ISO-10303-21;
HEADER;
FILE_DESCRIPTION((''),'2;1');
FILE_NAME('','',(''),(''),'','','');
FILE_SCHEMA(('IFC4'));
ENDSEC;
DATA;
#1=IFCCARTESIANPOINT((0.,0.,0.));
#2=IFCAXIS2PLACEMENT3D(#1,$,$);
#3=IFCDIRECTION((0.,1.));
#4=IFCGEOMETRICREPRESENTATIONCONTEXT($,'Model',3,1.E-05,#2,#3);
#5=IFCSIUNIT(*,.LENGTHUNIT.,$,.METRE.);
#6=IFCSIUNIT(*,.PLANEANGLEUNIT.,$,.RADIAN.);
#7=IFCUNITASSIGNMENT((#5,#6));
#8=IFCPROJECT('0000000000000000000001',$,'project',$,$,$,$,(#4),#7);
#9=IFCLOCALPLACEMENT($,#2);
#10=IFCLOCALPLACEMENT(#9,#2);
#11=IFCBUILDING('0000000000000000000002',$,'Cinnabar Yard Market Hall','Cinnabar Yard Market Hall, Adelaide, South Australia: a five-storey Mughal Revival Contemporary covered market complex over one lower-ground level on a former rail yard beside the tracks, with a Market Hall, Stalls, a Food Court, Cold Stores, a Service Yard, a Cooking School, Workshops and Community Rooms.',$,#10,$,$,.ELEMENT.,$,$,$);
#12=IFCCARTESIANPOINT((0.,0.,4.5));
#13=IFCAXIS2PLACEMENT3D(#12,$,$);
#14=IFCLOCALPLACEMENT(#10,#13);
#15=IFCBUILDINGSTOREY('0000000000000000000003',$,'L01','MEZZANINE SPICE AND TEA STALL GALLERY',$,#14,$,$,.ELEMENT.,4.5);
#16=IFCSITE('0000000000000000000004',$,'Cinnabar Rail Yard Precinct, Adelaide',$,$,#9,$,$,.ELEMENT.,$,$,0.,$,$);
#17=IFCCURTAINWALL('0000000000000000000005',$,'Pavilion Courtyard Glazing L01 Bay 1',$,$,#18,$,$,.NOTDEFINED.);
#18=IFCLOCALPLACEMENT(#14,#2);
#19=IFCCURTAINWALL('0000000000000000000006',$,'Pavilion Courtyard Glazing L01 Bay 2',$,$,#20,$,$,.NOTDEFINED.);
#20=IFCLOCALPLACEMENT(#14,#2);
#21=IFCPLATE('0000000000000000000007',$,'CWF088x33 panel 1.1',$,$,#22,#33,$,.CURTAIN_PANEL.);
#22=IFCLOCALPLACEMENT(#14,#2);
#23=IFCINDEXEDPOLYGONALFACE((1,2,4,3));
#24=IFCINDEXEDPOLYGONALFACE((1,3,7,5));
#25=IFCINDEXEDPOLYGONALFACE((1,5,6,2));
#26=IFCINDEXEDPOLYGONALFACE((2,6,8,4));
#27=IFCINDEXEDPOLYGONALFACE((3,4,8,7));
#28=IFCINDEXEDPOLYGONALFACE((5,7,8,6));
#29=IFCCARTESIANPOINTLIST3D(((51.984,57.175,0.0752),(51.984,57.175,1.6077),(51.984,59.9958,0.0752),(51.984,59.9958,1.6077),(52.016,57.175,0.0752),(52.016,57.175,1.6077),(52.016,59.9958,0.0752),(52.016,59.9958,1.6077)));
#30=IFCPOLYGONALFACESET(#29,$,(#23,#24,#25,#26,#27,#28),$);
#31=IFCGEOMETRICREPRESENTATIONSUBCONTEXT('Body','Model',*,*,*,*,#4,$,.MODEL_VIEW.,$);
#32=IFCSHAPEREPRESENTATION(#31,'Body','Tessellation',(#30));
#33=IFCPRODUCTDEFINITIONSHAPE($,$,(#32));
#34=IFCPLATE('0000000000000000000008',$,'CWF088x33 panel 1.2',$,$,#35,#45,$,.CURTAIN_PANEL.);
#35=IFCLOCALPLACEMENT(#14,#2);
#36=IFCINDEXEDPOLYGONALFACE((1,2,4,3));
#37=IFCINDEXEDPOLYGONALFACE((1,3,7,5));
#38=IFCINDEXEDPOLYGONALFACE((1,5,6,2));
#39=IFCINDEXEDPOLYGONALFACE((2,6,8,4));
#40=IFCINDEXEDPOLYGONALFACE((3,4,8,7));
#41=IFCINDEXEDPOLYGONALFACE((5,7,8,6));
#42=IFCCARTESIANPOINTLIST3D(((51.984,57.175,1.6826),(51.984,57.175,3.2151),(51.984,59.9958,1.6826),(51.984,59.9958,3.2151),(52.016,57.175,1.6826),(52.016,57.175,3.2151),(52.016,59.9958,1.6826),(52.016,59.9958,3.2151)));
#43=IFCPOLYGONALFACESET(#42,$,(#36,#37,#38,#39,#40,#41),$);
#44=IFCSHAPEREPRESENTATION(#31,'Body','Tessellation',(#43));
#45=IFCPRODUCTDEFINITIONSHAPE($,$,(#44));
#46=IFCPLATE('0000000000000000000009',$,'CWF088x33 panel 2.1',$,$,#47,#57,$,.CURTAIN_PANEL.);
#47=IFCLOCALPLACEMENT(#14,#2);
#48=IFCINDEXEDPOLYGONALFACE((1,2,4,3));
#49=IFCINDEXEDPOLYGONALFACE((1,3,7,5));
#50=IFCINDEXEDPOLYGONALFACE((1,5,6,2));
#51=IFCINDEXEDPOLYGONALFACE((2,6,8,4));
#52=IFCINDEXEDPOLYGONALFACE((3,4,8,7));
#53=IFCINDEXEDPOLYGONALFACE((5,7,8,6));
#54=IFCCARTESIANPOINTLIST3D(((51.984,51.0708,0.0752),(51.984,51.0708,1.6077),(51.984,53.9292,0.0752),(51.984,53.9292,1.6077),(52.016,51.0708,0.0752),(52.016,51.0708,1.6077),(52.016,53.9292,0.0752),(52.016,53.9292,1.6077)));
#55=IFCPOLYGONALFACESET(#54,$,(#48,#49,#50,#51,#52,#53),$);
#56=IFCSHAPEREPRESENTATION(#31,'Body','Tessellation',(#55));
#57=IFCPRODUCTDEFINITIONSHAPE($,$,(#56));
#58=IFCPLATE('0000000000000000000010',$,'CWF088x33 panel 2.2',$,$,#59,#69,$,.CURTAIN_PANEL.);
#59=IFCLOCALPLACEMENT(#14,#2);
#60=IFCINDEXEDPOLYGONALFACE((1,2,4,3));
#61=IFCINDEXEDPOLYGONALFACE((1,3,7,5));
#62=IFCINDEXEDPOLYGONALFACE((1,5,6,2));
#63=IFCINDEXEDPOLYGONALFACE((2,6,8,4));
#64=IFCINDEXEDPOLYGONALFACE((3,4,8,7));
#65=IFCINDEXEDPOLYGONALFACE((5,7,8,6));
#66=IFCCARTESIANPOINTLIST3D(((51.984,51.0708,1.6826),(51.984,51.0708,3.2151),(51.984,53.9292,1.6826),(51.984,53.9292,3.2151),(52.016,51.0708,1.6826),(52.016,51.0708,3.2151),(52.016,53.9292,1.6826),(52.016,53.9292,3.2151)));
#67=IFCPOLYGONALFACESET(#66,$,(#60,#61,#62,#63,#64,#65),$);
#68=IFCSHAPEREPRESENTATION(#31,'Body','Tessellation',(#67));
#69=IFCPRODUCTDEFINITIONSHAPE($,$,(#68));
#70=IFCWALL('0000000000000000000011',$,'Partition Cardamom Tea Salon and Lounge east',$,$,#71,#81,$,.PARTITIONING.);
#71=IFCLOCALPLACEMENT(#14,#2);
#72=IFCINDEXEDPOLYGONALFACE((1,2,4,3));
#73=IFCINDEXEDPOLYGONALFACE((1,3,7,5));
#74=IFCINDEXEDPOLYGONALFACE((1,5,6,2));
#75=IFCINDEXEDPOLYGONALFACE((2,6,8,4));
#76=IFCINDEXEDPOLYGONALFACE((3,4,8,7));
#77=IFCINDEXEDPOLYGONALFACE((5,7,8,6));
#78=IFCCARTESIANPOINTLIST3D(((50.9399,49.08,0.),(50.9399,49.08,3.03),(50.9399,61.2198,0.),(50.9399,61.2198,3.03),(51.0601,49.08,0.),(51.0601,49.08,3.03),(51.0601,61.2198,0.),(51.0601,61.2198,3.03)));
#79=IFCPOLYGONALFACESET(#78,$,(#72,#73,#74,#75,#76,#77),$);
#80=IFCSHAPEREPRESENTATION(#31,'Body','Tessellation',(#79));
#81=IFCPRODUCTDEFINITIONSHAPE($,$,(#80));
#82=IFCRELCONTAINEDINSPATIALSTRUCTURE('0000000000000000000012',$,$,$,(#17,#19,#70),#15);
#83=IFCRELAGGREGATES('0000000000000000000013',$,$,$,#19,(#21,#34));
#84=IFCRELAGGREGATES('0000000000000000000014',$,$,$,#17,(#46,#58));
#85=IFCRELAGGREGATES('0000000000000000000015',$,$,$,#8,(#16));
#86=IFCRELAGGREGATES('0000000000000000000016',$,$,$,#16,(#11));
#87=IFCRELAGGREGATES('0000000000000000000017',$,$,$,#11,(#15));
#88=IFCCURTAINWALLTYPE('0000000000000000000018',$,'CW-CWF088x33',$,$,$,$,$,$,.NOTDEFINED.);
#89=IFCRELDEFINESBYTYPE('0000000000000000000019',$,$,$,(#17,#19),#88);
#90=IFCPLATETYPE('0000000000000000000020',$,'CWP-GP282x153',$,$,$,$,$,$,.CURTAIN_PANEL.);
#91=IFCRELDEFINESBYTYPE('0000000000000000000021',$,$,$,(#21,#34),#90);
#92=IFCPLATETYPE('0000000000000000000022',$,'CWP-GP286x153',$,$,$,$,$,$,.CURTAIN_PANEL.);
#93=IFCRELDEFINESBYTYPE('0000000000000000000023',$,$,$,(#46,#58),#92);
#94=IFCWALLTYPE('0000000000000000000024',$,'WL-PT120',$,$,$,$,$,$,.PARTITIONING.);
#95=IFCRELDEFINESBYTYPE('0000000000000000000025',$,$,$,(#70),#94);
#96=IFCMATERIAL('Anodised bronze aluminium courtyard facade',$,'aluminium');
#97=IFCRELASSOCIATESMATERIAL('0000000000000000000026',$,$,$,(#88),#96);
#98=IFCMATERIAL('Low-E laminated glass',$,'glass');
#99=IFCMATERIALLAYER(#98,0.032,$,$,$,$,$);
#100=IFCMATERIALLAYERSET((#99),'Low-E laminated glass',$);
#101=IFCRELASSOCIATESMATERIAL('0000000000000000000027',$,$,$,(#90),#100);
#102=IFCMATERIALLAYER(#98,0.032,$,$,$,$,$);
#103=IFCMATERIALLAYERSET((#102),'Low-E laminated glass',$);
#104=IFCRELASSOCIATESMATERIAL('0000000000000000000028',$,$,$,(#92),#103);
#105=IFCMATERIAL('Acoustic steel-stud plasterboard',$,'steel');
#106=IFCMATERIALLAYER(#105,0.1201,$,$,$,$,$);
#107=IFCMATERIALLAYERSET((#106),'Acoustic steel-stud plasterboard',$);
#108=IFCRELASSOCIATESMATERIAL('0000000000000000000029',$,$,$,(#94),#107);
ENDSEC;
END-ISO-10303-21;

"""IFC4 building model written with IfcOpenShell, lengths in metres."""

from ifc_helpers import new_model, si_unit, direction, frame, frame_2d, origin, origin_2d_with_axis, place, context, subcontext, project, spatial, rectangle, extrude, material, layer, layer_set, type_object, element, aggregate, save


model = new_model("IFC4")

# Units and contexts
model_context = context("Model", 3, precision=1e-05, world=origin(), true_north=direction((0.0, 1.0)))
body_context = subcontext(model_context, "Body", "Model", "MODEL_VIEW")
ifc_project = project(units=[si_unit("LENGTHUNIT", "METRE"), si_unit("PLANEANGLEUNIT", "RADIAN")], contexts=[model_context])

# Site, building, storey
site_placement = place(None, origin())
site = spatial("IfcSite", under=ifc_project, at=site_placement, Name="Cinnabar Rail Yard Precinct, Adelaide", CompositionType="ELEMENT", RefElevation=0.0)
building_placement = place(site_placement, origin())
building = spatial("IfcBuilding", under=site, at=building_placement, Name="Cinnabar Yard Market Hall", Description="Cinnabar Yard Market Hall, Adelaide, South Australia: a five-storey Mughal Revival Contemporary covered market complex over one lower-ground level on a former rail yard beside the tracks, with a Market Hall, Stalls, a Food Court, Cold Stores, a Service Yard, a Cooking School, Workshops and Community Rooms.", CompositionType="ELEMENT")
storey_placement = place(building_placement, frame((0.0, 0.0, 4.5)))
storey = spatial("IfcBuildingStorey", under=building, at=storey_placement, Name="L01", Description="MEZZANINE SPICE AND TEA STALL GALLERY", CompositionType="ELEMENT", Elevation=4.5)

# Curtain walls
ifc_material_1 = material(Name="Anodised bronze aluminium courtyard facade", Category="aluminium")
curtain_wall_type = type_object("IfcCurtainWallType", Name="CW-CWF088x33", PredefinedType="NOTDEFINED", material=ifc_material_1)
curtain_wall_1_placement = place(storey_placement, origin())
curtain_wall_1 = element("IfcCurtainWall", 1, at=curtain_wall_1_placement, inside=storey, type_object=curtain_wall_type, Name="Pavilion Courtyard Glazing L01 Bay 1", PredefinedType="NOTDEFINED")
curtain_wall_2_placement = place(storey_placement, origin())
curtain_wall_2 = element("IfcCurtainWall", 2, at=curtain_wall_2_placement, inside=storey, type_object=curtain_wall_type, Name="Pavilion Courtyard Glazing L01 Bay 2", PredefinedType="NOTDEFINED")

# Plates
ifc_material_2 = material(Name="Low-E laminated glass", Category="glass")
ifc_layer_1 = layer(ifc_material_2, 0.032)
ifc_layer_set_1 = layer_set([ifc_layer_1], Name="Low-E laminated glass")
plate_type_1 = type_object("IfcPlateType", Name="CWP-GP282x153", PredefinedType="CURTAIN_PANEL", material=ifc_layer_set_1)
plate_1_placement = place(storey_placement, frame((52.0, 58.5854, 0.0752), z_axis=(0.0, 0.0, 1.0), x_axis=(0.0, 1.0, 0.0)))
plate_1 = element("IfcPlate", 3, at=plate_1_placement, type_object=plate_type_1, Name="CWF088x33 panel 1.1", PredefinedType="CURTAIN_PANEL", context=body_context, shape_type="SweptSolid", body=[
    extrude(rectangle(XDim=2.8208, YDim=0.032, at=origin_2d_with_axis()), origin(), (0.0, 0.0, 1.0), 1.5325),
])
plate_2_placement = place(storey_placement, frame((52.0, 58.5854, 1.6826), z_axis=(0.0, 0.0, 1.0), x_axis=(0.0, 1.0, 0.0)))
plate_2 = element("IfcPlate", 4, at=plate_2_placement, type_object=plate_type_1, Name="CWF088x33 panel 1.2", PredefinedType="CURTAIN_PANEL", context=body_context, shape_type="SweptSolid", body=[
    extrude(rectangle(XDim=2.8208, YDim=0.032, at=origin_2d_with_axis()), origin(), (0.0, 0.0, 1.0), 1.5325),
])
aggregate(curtain_wall_2, [plate_1, plate_2])
ifc_layer_2 = layer(ifc_material_2, 0.032)
ifc_layer_set_2 = layer_set([ifc_layer_2], Name="Low-E laminated glass")
plate_type_2 = type_object("IfcPlateType", Name="CWP-GP286x153", PredefinedType="CURTAIN_PANEL", material=ifc_layer_set_2)
plate_3_placement = place(storey_placement, frame((52.0, 52.5, 0.0752), z_axis=(0.0, 0.0, 1.0), x_axis=(0.0, 1.0, 0.0)))
plate_3 = element("IfcPlate", 5, at=plate_3_placement, type_object=plate_type_2, Name="CWF088x33 panel 2.1", PredefinedType="CURTAIN_PANEL", context=body_context, shape_type="SweptSolid", body=[
    extrude(rectangle(XDim=2.8584, YDim=0.032, at=origin_2d_with_axis()), origin(), (0.0, 0.0, 1.0), 1.5325),
])
plate_4_placement = place(storey_placement, frame((52.0, 52.5, 1.6826), z_axis=(0.0, 0.0, 1.0), x_axis=(0.0, 1.0, 0.0)))
plate_4 = element("IfcPlate", 6, at=plate_4_placement, type_object=plate_type_2, Name="CWF088x33 panel 2.2", PredefinedType="CURTAIN_PANEL", context=body_context, shape_type="SweptSolid", body=[
    extrude(rectangle(XDim=2.8584, YDim=0.032, at=origin_2d_with_axis()), origin(), (0.0, 0.0, 1.0), 1.5325),
])
aggregate(curtain_wall_1, [plate_3, plate_4])

# Wall
ifc_material_3 = material(Name="Acoustic steel-stud plasterboard", Category="steel")
ifc_layer_3 = layer(ifc_material_3, 0.1201)
ifc_layer_set_3 = layer_set([ifc_layer_3], Name="Acoustic steel-stud plasterboard")
wall_type = type_object("IfcWallType", Name="WL-PT120", PredefinedType="PARTITIONING", material=ifc_layer_set_3)
wall_placement = place(storey_placement, frame((51.0, 49.0801, 0.0), z_axis=(0.0, 0.0, 1.0), x_axis=(0.0, 1.0, 0.0)))
element("IfcWall", 7, at=wall_placement, inside=storey, type_object=wall_type, Name="Partition Cardamom Tea Salon and Lounge east", PredefinedType="PARTITIONING", context=body_context, shape_type="SweptSolid", body=[
    extrude(rectangle(XDim=12.1399, YDim=0.1201, at=frame_2d((6.0698, 0.0), x_axis=(1.0, 0.0))), origin(), (0.0, 0.0, 1.0), 3.03),
])

save(model, "model.ifc")
